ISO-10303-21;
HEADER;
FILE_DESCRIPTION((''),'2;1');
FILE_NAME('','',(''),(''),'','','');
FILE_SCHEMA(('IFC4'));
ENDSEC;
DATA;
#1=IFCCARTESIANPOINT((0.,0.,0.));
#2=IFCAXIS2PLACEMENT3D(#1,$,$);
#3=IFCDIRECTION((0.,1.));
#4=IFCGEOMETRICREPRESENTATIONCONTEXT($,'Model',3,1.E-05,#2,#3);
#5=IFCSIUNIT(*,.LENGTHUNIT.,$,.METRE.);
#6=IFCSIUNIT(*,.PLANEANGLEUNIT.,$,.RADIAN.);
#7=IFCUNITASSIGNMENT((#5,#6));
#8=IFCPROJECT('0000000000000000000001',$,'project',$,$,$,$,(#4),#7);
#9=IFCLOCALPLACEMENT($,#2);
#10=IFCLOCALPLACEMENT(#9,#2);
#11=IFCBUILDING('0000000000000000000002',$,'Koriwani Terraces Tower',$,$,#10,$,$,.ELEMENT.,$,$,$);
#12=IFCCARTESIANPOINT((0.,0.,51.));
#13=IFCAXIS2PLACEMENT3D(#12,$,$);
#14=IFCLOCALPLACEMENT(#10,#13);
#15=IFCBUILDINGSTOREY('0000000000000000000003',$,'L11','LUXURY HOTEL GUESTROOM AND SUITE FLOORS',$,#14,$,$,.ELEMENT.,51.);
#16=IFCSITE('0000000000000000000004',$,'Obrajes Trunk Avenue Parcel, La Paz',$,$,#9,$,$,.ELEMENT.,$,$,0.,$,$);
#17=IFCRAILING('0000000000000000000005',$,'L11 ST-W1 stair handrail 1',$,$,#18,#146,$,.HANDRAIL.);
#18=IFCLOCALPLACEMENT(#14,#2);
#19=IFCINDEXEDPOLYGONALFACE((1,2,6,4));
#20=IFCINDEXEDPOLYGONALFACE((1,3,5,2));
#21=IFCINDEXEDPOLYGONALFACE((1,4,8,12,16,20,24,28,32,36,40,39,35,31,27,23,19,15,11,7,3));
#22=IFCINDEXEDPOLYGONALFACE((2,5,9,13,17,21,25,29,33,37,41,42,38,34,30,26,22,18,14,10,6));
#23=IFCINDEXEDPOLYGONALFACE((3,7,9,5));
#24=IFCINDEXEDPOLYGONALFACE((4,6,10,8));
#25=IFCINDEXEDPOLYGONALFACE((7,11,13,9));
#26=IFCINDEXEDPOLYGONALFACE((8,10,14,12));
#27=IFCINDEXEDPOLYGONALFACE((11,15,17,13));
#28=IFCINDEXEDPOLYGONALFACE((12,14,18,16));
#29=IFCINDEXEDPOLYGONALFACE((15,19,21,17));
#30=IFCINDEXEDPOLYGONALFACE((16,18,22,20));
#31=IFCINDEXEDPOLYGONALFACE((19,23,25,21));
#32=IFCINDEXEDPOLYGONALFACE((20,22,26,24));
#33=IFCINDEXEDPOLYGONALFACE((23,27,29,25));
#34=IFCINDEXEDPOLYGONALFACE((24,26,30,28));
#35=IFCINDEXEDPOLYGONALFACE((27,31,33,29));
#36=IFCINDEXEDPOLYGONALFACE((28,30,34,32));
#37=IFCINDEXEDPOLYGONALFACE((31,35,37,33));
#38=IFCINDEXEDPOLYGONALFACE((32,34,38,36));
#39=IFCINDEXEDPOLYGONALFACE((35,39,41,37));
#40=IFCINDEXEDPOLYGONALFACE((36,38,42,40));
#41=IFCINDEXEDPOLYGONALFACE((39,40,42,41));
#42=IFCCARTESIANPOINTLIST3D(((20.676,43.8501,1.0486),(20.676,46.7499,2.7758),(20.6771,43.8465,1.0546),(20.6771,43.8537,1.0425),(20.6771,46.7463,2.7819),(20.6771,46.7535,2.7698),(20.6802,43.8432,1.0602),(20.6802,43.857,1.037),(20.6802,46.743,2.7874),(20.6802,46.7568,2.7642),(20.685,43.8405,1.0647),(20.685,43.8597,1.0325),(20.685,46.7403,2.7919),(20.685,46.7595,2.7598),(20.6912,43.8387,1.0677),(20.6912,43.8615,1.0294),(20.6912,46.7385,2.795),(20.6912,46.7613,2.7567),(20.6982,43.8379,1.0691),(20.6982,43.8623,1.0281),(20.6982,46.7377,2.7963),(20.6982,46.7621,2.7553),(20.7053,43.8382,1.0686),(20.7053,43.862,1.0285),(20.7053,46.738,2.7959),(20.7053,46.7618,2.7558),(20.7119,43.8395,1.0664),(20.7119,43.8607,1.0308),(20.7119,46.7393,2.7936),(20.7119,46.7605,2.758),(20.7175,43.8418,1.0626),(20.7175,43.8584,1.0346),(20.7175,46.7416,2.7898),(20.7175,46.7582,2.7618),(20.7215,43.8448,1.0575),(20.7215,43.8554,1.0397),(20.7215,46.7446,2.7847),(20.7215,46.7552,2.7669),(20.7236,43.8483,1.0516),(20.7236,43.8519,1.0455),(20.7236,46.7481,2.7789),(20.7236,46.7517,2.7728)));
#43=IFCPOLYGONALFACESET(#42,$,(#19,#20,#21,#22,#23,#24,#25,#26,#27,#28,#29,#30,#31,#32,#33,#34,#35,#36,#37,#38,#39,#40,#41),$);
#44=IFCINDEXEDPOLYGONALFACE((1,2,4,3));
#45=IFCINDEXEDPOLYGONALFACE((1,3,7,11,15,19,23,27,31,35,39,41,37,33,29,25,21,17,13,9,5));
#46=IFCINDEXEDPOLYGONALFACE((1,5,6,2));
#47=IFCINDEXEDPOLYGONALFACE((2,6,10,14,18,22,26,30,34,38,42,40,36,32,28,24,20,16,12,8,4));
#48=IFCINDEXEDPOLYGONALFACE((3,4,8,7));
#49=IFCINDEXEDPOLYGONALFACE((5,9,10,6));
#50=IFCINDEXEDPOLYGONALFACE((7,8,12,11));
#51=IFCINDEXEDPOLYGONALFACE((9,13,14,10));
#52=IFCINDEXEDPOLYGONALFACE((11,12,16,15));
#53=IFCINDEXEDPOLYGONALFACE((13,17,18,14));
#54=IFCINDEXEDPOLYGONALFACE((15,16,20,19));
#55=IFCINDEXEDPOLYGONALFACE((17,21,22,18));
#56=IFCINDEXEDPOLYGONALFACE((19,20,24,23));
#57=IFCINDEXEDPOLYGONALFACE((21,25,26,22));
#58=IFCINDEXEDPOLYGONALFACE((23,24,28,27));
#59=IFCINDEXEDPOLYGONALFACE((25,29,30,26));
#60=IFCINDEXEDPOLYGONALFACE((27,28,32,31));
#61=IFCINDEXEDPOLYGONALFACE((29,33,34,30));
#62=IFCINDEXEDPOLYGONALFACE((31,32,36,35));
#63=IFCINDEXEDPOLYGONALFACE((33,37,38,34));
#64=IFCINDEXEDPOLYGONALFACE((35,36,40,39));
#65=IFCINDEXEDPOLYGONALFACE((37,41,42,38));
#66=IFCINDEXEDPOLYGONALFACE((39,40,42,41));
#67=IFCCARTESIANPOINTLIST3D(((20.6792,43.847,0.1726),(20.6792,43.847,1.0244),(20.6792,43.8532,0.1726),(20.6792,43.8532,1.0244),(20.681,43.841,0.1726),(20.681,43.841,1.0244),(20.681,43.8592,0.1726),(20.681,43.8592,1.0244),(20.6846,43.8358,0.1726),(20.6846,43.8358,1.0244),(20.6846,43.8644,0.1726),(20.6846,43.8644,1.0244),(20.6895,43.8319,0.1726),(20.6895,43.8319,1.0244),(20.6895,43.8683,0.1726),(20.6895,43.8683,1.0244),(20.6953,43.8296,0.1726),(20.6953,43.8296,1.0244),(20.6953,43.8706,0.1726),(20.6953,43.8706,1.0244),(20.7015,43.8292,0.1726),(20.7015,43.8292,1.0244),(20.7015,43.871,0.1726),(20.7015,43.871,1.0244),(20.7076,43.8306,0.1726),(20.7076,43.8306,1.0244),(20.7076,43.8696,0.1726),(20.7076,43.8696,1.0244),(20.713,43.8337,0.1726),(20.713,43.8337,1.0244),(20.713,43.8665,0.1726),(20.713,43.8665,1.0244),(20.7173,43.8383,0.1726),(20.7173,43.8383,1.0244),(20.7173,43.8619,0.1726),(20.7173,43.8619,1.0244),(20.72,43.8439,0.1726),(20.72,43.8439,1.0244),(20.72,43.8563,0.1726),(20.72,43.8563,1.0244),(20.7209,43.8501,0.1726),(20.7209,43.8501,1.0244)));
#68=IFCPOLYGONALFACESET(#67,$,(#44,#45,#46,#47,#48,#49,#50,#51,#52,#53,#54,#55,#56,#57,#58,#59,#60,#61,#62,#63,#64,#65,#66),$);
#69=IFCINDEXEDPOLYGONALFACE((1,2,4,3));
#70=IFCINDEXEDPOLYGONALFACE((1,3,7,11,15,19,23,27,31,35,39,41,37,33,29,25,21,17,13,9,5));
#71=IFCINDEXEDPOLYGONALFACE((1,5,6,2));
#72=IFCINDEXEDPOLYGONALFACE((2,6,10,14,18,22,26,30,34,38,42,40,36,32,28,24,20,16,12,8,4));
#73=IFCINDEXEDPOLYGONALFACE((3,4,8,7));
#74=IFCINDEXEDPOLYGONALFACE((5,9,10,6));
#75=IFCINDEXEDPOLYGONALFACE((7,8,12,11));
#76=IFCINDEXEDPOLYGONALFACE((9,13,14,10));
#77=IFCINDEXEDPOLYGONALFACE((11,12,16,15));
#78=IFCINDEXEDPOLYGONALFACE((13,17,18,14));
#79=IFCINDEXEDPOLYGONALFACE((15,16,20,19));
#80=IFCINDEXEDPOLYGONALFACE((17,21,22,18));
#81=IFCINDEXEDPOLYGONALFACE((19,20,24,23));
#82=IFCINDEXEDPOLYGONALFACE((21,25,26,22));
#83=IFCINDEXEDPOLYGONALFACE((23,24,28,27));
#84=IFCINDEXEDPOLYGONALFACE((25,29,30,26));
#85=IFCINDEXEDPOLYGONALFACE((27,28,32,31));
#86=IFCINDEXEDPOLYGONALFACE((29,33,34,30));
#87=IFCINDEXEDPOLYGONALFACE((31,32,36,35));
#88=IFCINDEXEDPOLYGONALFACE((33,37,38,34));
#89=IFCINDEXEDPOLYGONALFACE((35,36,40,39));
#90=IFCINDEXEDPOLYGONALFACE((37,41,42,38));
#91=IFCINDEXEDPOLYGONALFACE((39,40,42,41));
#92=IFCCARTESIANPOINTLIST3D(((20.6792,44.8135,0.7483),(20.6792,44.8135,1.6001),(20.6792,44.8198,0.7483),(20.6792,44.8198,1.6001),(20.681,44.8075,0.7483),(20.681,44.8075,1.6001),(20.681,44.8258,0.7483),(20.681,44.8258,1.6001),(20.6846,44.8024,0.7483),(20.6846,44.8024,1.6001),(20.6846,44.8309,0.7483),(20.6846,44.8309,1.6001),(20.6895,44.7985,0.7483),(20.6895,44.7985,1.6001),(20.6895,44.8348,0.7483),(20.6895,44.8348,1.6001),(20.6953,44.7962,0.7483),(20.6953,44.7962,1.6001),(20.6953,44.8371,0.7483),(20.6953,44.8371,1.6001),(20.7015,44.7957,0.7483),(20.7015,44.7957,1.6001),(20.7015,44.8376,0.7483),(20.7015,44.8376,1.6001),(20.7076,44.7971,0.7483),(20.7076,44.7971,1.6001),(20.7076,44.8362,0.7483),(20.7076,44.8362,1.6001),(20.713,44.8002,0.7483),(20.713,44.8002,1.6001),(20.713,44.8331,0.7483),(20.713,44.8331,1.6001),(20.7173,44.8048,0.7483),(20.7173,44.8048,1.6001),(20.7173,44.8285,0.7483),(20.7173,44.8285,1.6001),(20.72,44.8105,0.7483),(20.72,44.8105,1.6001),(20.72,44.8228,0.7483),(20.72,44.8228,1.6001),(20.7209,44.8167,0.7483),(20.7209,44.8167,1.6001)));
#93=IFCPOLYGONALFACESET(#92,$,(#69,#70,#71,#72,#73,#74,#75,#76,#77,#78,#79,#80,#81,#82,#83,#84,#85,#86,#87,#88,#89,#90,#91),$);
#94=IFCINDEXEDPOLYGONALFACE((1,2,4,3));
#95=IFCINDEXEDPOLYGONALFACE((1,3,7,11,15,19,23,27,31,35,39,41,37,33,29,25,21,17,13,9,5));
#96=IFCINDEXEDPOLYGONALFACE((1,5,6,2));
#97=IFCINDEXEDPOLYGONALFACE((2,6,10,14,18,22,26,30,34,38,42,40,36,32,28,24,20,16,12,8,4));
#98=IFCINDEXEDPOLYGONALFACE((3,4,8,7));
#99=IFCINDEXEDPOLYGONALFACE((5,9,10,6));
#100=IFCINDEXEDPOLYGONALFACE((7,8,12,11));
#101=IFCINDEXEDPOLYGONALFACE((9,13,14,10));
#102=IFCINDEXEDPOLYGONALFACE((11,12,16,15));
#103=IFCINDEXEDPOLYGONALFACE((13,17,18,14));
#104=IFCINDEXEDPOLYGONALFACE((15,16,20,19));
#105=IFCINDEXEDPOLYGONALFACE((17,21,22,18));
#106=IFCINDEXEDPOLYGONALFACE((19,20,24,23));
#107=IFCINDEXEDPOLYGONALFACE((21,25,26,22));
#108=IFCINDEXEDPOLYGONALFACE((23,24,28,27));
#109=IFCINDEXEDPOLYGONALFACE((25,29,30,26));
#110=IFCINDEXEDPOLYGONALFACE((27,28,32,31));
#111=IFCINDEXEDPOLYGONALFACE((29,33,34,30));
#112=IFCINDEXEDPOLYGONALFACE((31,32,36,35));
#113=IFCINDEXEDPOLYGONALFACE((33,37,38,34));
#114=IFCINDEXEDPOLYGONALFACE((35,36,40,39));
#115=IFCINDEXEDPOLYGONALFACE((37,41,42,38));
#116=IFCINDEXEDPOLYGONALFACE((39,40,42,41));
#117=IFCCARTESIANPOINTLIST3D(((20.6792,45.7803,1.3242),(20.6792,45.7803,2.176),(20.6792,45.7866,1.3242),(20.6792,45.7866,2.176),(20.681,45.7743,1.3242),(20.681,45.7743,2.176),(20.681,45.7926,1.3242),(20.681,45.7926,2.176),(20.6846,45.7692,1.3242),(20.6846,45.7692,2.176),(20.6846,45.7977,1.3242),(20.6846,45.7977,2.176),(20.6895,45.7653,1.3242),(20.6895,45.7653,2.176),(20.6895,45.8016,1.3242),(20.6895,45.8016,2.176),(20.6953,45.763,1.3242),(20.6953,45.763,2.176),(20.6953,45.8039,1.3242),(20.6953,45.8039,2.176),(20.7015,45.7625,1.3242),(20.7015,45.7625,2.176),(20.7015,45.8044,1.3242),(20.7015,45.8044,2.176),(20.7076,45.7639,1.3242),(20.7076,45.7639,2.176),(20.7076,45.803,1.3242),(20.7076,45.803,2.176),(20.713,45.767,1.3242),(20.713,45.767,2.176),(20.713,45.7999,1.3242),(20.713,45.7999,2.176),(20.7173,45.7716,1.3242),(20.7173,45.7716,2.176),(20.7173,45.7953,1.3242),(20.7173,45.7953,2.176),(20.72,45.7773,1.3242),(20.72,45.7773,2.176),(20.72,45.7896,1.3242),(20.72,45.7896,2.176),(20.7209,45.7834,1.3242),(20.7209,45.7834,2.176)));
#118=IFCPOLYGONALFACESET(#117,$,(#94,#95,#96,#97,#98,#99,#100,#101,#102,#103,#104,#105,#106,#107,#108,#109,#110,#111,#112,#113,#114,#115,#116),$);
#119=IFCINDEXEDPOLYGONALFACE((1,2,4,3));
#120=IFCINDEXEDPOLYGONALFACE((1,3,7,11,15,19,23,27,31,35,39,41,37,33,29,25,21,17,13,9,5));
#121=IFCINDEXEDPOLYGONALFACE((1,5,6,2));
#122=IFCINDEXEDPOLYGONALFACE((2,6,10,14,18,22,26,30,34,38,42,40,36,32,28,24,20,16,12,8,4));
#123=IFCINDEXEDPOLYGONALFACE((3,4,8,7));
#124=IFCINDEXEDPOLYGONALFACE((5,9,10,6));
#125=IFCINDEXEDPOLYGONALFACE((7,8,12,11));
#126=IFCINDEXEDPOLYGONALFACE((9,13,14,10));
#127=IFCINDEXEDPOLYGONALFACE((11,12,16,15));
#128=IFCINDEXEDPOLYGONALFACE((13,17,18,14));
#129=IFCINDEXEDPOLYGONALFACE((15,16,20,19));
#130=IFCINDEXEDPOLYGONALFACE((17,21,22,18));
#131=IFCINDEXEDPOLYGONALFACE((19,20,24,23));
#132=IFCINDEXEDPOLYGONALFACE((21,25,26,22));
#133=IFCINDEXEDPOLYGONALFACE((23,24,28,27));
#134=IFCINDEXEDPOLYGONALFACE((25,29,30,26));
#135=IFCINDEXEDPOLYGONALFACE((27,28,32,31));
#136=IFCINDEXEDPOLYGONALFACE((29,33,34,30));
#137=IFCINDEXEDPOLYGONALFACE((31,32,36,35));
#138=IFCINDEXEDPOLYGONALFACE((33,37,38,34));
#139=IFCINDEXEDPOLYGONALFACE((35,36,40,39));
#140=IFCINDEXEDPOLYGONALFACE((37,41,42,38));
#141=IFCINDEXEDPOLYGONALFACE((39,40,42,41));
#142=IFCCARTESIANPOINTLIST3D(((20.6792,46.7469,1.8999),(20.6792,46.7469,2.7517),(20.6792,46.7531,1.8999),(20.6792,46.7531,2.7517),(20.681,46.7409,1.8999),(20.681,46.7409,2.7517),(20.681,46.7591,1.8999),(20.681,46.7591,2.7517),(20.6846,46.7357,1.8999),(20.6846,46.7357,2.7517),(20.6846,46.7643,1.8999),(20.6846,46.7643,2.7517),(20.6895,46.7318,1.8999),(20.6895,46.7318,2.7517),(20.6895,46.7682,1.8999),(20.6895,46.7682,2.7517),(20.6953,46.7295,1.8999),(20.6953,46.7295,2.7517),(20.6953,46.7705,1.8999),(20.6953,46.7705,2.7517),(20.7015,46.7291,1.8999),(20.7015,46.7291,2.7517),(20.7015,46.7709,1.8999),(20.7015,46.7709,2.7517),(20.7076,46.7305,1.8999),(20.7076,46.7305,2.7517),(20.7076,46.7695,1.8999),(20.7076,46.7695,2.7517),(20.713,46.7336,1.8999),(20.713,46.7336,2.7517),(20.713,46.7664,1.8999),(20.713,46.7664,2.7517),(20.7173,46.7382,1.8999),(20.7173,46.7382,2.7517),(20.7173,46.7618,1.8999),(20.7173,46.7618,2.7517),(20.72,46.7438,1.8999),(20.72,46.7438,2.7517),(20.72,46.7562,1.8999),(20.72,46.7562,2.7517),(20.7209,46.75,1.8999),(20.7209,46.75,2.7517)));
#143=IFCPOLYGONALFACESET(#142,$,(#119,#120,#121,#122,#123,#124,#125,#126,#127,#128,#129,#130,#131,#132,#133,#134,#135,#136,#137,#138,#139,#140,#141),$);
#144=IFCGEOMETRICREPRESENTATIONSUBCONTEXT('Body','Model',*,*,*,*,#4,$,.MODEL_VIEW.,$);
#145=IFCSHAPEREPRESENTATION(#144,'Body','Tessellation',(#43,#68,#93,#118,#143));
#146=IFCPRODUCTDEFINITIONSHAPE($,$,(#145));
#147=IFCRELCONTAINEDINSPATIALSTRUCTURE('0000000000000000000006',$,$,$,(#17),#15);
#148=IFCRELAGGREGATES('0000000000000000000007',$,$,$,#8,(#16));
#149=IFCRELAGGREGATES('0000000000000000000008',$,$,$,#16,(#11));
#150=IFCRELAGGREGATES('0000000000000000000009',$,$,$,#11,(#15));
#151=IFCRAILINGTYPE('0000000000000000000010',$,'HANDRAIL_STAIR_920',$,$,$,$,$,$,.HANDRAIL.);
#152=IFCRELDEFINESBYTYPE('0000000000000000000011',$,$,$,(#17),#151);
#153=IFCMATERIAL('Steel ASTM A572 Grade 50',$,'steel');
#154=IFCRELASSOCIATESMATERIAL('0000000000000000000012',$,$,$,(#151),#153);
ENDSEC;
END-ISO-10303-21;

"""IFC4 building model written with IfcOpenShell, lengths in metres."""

from ifc_helpers import new_model, si_unit, direction, frame, origin, origin_2d, place, context, subcontext, project, spatial, circle, extrude, material, type_object, element, save


model = new_model("IFC4")

# Units and contexts
model_context = context("Model", 3, precision=1e-05, world=origin(), true_north=direction((0.0, 1.0)))
body_context = subcontext(model_context, "Body", "Model", "MODEL_VIEW")
ifc_project = project(units=[si_unit("LENGTHUNIT", "METRE"), si_unit("PLANEANGLEUNIT", "RADIAN")], contexts=[model_context])

# Site, building, storey
site_placement = place(None, origin())
site = spatial("IfcSite", under=ifc_project, at=site_placement, Name="Obrajes Trunk Avenue Parcel, La Paz", CompositionType="ELEMENT", RefElevation=0.0)
building_placement = place(site_placement, origin())
building = spatial("IfcBuilding", under=site, at=building_placement, Name="Koriwani Terraces Tower", CompositionType="ELEMENT")
storey_placement = place(building_placement, frame((0.0, 0.0, 51.0)))
storey = spatial("IfcBuildingStorey", under=building, at=storey_placement, Name="L11", Description="LUXURY HOTEL GUESTROOM AND SUITE FLOORS", CompositionType="ELEMENT", Elevation=51.0)

# Shared definitions
ifc_material_1 = material(Name="Steel ASTM A572 Grade 50", Category="steel")

# Railing
railing_type_1 = type_object("IfcRailingType", Name="HANDRAIL_STAIR_920", PredefinedType="HANDRAIL", material=ifc_material_1)
railing_1_placement = place(storey_placement, frame((20.7, 43.8501, 0.1726)))
element("IfcRailing", 1, at=railing_1_placement, inside=storey, type_object=railing_type_1, Name="L11 ST-W1 stair handrail 1", PredefinedType="HANDRAIL", context=body_context, shape_type="SweptSolid", body=[
    extrude(circle(Radius=0.0239, at=origin_2d()), frame((0.0, 0.0, 0.876), z_axis=(0.0, 0.859141, 0.511738), x_axis=(-1.0, 0.0, 0.0)), (0.0, 0.0, 1.0), 3.3752),
    extrude(circle(Radius=0.021, at=origin_2d()), origin(), (0.0, 0.0, 1.0), 0.8518),
    extrude(circle(Radius=0.021, at=origin_2d()), frame((0.0, 0.9666, 0.5757)), (0.0, 0.0, 1.0), 0.8518),
    extrude(circle(Radius=0.021, at=origin_2d()), frame((0.0, 1.9333, 1.1516)), (0.0, 0.0, 1.0), 0.8518),
    extrude(circle(Radius=0.021, at=origin_2d()), frame((0.0, 2.8999, 1.7273)), (0.0, 0.0, 1.0), 0.8518),
])

save(model, "model.ifc")
